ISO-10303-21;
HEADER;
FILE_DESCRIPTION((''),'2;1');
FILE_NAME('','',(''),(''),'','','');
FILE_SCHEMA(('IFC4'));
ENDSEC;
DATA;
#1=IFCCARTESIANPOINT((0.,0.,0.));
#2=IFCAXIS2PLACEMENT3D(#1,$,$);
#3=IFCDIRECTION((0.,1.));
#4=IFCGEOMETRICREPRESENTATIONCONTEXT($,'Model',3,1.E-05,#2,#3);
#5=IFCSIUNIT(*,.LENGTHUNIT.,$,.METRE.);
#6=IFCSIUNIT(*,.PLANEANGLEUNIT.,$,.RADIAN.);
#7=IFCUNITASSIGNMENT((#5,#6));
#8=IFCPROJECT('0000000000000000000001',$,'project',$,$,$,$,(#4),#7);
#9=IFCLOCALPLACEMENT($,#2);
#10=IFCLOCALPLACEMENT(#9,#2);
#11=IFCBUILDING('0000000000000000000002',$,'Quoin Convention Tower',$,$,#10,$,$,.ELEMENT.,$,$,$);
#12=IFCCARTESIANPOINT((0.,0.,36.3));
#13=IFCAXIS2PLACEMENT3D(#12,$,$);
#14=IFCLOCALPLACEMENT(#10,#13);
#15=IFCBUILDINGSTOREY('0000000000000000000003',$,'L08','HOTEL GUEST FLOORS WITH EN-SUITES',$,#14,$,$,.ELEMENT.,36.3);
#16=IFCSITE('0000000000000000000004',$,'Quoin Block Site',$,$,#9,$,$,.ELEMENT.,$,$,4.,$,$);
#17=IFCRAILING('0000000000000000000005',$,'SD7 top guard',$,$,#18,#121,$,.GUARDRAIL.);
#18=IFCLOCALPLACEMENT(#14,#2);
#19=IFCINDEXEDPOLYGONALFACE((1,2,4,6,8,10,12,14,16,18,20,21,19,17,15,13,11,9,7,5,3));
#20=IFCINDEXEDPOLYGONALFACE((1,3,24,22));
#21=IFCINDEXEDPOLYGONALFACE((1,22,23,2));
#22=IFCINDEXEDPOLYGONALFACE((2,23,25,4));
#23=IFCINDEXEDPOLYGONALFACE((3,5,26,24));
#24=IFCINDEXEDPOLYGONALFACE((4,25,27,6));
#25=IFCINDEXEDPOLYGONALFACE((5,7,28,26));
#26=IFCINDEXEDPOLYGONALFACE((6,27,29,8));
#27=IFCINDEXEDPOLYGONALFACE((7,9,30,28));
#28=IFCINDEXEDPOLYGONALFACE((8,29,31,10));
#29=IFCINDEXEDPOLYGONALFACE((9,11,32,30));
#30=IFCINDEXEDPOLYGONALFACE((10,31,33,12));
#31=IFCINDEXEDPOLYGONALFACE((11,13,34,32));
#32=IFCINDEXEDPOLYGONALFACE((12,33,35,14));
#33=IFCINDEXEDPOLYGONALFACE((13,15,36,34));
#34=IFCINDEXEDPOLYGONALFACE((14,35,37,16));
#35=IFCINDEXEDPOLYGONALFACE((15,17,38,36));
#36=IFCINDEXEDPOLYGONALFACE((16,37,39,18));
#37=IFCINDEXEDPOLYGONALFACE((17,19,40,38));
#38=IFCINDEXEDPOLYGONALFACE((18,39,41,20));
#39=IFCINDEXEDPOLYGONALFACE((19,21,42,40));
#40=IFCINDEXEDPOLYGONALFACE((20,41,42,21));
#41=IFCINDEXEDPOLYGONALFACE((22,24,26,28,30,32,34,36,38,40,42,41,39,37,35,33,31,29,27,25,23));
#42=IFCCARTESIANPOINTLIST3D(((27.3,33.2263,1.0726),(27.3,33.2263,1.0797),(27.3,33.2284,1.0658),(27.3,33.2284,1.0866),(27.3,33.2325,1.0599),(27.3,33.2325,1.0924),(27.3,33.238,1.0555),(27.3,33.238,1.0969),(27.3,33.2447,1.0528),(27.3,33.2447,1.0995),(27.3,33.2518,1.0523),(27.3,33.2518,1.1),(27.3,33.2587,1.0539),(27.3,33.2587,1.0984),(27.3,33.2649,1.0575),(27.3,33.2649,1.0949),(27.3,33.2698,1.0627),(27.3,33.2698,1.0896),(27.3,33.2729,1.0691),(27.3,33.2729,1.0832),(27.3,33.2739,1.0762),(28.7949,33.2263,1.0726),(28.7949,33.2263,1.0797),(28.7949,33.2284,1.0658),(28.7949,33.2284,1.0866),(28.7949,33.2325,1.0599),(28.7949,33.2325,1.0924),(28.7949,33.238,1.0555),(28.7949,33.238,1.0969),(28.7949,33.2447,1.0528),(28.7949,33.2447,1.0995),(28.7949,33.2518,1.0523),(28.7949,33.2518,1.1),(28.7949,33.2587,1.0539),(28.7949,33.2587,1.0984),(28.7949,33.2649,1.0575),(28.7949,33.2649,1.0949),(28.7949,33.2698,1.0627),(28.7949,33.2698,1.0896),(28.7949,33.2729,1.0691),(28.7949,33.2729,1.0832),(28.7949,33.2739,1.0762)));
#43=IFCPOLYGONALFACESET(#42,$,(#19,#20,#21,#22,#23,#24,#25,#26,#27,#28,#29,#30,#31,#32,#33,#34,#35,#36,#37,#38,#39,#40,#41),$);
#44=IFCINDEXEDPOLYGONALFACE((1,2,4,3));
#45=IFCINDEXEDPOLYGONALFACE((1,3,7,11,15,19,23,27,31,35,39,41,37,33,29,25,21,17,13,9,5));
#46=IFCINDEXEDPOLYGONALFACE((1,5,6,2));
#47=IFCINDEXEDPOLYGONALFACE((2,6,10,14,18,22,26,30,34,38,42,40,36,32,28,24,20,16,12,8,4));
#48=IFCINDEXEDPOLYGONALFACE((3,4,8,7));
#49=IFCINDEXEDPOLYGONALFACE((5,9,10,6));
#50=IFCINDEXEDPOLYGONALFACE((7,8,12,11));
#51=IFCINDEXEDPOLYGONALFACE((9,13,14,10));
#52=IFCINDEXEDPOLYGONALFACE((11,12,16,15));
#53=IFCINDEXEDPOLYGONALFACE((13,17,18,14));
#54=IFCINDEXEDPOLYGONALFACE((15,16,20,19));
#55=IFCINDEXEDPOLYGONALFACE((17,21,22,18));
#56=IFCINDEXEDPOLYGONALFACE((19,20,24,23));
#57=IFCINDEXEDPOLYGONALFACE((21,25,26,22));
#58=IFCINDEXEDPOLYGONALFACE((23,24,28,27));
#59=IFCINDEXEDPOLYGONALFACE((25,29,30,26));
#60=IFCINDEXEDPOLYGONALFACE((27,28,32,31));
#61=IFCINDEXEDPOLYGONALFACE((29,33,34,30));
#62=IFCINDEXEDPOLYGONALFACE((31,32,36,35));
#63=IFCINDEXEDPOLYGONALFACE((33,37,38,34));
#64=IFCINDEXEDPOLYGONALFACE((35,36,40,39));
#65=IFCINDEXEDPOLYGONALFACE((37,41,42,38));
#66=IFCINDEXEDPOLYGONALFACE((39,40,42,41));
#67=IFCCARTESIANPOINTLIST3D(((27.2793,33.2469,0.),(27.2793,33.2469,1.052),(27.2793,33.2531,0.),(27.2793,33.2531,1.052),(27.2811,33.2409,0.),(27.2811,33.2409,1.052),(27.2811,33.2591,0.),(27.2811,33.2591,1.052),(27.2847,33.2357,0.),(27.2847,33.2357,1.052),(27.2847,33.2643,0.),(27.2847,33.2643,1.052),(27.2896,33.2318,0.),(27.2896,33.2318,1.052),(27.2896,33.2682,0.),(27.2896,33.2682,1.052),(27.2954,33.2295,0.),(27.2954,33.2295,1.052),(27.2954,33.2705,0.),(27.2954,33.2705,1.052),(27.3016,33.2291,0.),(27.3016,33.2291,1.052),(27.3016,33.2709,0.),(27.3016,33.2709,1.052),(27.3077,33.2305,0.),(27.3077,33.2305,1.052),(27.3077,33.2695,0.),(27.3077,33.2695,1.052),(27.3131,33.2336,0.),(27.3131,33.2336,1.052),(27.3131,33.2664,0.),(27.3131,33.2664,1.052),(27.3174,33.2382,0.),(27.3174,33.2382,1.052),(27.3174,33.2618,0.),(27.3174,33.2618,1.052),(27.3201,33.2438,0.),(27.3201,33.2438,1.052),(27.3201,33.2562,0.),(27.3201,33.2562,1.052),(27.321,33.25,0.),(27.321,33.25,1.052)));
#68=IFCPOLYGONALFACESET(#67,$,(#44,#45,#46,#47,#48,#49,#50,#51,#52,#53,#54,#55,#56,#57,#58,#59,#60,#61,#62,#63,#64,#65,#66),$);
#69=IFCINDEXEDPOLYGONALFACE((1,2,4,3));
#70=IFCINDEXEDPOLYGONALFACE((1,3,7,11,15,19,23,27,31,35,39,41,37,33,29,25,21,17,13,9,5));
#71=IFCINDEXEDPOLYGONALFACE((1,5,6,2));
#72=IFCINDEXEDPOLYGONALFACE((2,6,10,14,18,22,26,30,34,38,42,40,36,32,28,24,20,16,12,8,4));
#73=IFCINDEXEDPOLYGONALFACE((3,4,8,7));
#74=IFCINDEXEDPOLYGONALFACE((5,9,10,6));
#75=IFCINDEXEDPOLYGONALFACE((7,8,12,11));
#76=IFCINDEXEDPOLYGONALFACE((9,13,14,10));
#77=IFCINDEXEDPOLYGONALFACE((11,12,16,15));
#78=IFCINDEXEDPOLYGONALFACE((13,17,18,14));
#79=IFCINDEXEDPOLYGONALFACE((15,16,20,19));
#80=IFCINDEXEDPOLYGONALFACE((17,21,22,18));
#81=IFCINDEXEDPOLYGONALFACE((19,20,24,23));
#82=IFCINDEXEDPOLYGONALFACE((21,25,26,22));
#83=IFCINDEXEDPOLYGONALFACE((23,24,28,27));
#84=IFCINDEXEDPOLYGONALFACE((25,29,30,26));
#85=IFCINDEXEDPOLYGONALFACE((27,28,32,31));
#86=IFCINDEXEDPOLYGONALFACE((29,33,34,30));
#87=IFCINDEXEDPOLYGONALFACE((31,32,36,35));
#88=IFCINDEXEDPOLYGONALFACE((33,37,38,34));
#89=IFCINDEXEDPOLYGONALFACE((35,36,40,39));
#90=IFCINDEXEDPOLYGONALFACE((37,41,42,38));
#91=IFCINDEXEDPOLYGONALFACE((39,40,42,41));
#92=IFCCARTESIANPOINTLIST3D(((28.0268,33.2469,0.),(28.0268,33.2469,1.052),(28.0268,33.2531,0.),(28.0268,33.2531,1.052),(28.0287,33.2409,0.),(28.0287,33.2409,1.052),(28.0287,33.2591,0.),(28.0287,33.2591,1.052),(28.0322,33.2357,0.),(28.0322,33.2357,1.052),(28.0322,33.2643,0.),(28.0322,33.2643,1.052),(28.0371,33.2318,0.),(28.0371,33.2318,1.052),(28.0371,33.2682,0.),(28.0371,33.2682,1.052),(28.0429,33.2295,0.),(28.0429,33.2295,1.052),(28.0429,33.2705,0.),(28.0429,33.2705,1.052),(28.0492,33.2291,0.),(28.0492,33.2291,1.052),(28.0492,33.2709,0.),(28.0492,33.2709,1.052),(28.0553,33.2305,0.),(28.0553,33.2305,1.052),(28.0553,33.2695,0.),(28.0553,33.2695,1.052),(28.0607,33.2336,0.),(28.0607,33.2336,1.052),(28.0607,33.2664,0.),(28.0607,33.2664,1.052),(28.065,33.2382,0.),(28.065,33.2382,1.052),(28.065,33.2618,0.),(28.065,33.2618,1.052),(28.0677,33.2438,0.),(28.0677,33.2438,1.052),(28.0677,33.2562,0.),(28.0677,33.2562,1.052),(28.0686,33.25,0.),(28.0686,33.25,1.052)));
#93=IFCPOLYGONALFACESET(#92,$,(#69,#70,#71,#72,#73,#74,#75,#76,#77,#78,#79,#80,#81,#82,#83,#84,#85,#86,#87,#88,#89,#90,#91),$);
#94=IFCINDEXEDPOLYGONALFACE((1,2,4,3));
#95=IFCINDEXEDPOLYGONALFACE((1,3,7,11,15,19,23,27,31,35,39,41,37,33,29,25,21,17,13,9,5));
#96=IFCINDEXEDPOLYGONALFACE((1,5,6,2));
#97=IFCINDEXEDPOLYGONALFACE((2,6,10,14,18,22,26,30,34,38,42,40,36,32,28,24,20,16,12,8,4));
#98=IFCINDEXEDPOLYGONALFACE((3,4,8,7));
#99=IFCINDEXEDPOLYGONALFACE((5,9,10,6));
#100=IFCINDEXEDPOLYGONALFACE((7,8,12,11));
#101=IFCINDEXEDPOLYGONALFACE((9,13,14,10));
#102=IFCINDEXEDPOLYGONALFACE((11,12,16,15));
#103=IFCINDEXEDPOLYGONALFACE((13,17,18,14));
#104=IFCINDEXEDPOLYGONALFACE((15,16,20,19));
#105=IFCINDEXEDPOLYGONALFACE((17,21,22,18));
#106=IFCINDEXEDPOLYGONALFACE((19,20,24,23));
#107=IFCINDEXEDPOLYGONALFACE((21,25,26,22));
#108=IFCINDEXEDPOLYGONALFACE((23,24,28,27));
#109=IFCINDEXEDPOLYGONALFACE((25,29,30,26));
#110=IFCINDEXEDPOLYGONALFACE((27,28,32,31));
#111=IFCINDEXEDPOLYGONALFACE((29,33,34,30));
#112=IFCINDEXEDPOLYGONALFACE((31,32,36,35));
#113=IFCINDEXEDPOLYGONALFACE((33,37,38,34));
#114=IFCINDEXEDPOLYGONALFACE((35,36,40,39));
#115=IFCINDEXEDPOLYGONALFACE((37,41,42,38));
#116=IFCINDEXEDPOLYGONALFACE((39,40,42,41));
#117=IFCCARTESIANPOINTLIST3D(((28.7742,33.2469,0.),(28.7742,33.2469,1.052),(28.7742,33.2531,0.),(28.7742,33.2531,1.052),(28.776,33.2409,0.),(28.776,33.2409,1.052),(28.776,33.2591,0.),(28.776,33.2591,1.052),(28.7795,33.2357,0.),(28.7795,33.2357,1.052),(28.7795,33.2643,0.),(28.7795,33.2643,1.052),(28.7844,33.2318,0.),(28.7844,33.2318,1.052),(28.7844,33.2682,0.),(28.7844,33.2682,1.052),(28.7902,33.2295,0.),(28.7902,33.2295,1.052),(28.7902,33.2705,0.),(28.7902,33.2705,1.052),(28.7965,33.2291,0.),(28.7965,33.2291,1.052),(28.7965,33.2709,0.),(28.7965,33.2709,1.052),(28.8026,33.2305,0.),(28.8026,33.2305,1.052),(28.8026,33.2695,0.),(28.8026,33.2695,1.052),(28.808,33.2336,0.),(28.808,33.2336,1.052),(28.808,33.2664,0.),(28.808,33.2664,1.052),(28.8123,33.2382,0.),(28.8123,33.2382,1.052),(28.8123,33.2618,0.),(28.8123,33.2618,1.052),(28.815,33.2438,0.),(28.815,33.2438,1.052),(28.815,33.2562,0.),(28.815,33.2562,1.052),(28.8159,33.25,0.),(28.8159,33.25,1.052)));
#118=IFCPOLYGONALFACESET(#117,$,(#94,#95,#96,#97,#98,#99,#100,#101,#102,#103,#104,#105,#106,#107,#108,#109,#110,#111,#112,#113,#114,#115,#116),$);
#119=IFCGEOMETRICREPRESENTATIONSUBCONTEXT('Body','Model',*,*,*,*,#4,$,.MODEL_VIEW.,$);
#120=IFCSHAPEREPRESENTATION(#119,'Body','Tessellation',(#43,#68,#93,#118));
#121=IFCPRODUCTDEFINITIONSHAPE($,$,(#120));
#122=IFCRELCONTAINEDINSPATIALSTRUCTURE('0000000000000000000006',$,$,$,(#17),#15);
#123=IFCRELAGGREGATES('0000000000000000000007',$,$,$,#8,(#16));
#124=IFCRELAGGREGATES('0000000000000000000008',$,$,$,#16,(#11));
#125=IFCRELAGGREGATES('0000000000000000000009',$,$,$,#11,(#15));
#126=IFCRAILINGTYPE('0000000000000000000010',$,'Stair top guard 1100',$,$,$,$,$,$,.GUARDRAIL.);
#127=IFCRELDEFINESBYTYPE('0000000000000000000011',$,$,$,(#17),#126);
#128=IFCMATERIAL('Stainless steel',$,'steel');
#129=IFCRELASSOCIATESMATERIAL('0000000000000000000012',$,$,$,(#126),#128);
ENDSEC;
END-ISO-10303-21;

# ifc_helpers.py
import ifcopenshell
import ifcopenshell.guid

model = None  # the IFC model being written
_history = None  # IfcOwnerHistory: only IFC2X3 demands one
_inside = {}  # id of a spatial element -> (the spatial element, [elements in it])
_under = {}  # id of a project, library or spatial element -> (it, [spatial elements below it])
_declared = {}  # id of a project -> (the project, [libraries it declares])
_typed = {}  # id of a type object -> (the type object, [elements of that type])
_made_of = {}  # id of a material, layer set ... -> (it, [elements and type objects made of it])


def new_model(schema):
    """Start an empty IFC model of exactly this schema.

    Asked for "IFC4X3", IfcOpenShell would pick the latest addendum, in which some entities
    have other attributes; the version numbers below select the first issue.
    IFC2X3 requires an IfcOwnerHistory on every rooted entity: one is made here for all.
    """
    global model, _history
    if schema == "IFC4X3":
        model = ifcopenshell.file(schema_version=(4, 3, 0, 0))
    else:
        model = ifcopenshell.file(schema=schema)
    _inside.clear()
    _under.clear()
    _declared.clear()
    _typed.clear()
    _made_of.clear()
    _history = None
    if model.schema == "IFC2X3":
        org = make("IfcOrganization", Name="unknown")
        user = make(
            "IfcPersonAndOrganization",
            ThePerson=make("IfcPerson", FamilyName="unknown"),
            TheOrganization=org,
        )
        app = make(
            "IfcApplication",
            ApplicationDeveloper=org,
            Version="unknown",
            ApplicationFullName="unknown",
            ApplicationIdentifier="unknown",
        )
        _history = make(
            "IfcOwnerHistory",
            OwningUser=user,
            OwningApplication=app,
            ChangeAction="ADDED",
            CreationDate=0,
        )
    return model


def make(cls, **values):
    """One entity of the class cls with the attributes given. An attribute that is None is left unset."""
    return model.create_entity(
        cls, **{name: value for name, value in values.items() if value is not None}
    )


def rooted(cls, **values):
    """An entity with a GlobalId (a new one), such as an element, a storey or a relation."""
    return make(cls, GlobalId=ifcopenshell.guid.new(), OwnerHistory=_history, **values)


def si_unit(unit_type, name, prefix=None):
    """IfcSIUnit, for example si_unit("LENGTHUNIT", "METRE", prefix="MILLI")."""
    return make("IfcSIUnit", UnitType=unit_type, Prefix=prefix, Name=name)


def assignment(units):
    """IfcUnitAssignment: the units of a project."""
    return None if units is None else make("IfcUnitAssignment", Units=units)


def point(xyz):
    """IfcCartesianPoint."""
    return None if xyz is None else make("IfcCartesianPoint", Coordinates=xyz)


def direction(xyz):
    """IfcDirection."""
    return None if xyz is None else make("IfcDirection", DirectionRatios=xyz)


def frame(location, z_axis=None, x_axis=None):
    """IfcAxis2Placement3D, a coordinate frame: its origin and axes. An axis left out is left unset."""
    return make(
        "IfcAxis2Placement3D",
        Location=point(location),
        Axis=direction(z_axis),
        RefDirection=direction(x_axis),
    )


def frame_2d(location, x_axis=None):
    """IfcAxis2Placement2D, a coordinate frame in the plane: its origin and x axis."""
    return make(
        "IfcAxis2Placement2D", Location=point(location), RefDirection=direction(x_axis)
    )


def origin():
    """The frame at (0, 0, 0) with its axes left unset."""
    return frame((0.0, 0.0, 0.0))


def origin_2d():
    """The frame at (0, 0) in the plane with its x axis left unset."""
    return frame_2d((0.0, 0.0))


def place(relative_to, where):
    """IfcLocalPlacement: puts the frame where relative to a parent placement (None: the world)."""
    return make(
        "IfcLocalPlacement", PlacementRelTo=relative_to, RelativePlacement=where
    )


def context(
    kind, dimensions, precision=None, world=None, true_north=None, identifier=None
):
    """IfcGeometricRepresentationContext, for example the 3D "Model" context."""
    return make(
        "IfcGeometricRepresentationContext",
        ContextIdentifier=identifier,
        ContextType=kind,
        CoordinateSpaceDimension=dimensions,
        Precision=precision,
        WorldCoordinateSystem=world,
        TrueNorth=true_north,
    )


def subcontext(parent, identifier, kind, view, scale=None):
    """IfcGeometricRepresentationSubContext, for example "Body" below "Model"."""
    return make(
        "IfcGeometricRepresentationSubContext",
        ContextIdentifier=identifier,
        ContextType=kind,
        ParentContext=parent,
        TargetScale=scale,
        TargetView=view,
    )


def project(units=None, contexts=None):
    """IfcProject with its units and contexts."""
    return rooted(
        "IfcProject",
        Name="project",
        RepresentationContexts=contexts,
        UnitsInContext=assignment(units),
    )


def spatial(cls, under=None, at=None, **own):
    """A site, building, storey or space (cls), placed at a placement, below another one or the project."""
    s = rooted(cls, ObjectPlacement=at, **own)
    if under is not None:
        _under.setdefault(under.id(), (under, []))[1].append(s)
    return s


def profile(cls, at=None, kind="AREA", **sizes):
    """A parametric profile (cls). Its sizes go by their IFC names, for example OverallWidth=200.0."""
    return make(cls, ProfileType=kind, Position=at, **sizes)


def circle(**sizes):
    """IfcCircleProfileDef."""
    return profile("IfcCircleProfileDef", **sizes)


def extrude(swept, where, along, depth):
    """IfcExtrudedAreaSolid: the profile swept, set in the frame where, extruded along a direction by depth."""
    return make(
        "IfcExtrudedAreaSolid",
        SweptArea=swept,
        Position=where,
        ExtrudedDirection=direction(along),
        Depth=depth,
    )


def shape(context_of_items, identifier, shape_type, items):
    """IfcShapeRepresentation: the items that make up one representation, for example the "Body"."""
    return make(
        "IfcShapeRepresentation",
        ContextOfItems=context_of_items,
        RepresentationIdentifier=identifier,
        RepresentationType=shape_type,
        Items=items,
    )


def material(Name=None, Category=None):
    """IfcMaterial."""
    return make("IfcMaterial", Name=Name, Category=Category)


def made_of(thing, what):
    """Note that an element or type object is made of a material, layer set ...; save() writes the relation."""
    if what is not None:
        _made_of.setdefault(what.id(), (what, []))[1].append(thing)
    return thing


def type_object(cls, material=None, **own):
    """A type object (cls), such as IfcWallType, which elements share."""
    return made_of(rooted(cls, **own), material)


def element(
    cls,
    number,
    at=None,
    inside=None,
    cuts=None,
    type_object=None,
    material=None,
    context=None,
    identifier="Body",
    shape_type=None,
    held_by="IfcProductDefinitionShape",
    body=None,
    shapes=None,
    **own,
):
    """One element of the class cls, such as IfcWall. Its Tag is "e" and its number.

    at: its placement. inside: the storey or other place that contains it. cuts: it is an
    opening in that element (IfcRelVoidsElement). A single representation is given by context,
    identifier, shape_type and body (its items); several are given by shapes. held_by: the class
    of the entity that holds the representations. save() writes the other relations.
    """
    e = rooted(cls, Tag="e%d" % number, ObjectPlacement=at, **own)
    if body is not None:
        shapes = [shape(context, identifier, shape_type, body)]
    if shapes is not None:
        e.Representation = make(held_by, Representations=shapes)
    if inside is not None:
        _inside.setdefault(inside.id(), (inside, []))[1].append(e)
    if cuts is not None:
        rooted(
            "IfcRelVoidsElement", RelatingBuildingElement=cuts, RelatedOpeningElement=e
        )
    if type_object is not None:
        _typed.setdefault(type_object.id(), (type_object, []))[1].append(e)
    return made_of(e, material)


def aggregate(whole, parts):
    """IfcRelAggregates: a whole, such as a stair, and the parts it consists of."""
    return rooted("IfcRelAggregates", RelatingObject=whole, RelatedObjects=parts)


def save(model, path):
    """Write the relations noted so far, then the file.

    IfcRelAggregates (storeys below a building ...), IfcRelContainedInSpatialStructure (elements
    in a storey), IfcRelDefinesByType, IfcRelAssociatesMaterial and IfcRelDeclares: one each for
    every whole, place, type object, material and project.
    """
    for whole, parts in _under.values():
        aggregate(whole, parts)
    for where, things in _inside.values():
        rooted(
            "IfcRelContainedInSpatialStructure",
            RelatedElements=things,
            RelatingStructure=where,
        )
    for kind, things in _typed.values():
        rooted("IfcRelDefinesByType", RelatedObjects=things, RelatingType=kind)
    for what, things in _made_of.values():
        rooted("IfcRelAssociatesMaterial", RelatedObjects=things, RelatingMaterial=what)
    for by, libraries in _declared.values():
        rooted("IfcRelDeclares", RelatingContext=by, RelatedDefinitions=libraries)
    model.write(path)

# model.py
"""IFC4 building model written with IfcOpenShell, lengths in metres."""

from ifc_helpers import new_model, si_unit, direction, frame, origin, origin_2d, place, context, subcontext, project, spatial, circle, extrude, material, type_object, element, save


model = new_model("IFC4")

# Units and contexts
model_context = context("Model", 3, precision=1e-05, world=origin(), true_north=direction((0.0, 1.0)))
body_context = subcontext(model_context, "Body", "Model", "MODEL_VIEW")
ifc_project = project(units=[si_unit("LENGTHUNIT", "METRE"), si_unit("PLANEANGLEUNIT", "RADIAN")], contexts=[model_context])

# Site, building, storey
site_placement = place(None, origin())
site = spatial("IfcSite", under=ifc_project, at=site_placement, Name="Quoin Block Site", CompositionType="ELEMENT", RefElevation=4.0)
building_placement = place(site_placement, origin())
building = spatial("IfcBuilding", under=site, at=building_placement, Name="Quoin Convention Tower", CompositionType="ELEMENT")
storey_placement = place(building_placement, frame((0.0, 0.0, 36.3)))
storey = spatial("IfcBuildingStorey", under=building, at=storey_placement, Name="L08", Description="HOTEL GUEST FLOORS WITH EN-SUITES", CompositionType="ELEMENT", Elevation=36.3)

# Railing
ifc_material_1 = material(Name="Stainless steel", Category="steel")
railing_type_1 = type_object("IfcRailingType", Name="Stair top guard 1100", PredefinedType="GUARDRAIL", material=ifc_material_1)
railing_1_placement = place(storey_placement, frame((27.3, 33.25, 0.0)))
element("IfcRailing", 1, at=railing_1_placement, inside=storey, type_object=railing_type_1, Name="SD7 top guard", PredefinedType="GUARDRAIL", context=body_context, shape_type="SweptSolid", body=[
    extrude(circle(Radius=0.0239, at=origin_2d()), frame((0.0, 0.0, 1.0762), z_axis=(1.0, 0.0, 0.0), x_axis=(0.0, 1.0, 0.0)), (0.0, 0.0, 1.0), 1.4949),
    extrude(circle(Radius=0.021, at=origin_2d()), origin(), (0.0, 0.0, 1.0), 1.052),
    extrude(circle(Radius=0.021, at=origin_2d()), frame((0.7476, 0.0, 0.0)), (0.0, 0.0, 1.0), 1.052),
    extrude(circle(Radius=0.021, at=origin_2d()), frame((1.4949, 0.0, 0.0)), (0.0, 0.0, 1.0), 1.052),
])

save(model, "model.ifc")
